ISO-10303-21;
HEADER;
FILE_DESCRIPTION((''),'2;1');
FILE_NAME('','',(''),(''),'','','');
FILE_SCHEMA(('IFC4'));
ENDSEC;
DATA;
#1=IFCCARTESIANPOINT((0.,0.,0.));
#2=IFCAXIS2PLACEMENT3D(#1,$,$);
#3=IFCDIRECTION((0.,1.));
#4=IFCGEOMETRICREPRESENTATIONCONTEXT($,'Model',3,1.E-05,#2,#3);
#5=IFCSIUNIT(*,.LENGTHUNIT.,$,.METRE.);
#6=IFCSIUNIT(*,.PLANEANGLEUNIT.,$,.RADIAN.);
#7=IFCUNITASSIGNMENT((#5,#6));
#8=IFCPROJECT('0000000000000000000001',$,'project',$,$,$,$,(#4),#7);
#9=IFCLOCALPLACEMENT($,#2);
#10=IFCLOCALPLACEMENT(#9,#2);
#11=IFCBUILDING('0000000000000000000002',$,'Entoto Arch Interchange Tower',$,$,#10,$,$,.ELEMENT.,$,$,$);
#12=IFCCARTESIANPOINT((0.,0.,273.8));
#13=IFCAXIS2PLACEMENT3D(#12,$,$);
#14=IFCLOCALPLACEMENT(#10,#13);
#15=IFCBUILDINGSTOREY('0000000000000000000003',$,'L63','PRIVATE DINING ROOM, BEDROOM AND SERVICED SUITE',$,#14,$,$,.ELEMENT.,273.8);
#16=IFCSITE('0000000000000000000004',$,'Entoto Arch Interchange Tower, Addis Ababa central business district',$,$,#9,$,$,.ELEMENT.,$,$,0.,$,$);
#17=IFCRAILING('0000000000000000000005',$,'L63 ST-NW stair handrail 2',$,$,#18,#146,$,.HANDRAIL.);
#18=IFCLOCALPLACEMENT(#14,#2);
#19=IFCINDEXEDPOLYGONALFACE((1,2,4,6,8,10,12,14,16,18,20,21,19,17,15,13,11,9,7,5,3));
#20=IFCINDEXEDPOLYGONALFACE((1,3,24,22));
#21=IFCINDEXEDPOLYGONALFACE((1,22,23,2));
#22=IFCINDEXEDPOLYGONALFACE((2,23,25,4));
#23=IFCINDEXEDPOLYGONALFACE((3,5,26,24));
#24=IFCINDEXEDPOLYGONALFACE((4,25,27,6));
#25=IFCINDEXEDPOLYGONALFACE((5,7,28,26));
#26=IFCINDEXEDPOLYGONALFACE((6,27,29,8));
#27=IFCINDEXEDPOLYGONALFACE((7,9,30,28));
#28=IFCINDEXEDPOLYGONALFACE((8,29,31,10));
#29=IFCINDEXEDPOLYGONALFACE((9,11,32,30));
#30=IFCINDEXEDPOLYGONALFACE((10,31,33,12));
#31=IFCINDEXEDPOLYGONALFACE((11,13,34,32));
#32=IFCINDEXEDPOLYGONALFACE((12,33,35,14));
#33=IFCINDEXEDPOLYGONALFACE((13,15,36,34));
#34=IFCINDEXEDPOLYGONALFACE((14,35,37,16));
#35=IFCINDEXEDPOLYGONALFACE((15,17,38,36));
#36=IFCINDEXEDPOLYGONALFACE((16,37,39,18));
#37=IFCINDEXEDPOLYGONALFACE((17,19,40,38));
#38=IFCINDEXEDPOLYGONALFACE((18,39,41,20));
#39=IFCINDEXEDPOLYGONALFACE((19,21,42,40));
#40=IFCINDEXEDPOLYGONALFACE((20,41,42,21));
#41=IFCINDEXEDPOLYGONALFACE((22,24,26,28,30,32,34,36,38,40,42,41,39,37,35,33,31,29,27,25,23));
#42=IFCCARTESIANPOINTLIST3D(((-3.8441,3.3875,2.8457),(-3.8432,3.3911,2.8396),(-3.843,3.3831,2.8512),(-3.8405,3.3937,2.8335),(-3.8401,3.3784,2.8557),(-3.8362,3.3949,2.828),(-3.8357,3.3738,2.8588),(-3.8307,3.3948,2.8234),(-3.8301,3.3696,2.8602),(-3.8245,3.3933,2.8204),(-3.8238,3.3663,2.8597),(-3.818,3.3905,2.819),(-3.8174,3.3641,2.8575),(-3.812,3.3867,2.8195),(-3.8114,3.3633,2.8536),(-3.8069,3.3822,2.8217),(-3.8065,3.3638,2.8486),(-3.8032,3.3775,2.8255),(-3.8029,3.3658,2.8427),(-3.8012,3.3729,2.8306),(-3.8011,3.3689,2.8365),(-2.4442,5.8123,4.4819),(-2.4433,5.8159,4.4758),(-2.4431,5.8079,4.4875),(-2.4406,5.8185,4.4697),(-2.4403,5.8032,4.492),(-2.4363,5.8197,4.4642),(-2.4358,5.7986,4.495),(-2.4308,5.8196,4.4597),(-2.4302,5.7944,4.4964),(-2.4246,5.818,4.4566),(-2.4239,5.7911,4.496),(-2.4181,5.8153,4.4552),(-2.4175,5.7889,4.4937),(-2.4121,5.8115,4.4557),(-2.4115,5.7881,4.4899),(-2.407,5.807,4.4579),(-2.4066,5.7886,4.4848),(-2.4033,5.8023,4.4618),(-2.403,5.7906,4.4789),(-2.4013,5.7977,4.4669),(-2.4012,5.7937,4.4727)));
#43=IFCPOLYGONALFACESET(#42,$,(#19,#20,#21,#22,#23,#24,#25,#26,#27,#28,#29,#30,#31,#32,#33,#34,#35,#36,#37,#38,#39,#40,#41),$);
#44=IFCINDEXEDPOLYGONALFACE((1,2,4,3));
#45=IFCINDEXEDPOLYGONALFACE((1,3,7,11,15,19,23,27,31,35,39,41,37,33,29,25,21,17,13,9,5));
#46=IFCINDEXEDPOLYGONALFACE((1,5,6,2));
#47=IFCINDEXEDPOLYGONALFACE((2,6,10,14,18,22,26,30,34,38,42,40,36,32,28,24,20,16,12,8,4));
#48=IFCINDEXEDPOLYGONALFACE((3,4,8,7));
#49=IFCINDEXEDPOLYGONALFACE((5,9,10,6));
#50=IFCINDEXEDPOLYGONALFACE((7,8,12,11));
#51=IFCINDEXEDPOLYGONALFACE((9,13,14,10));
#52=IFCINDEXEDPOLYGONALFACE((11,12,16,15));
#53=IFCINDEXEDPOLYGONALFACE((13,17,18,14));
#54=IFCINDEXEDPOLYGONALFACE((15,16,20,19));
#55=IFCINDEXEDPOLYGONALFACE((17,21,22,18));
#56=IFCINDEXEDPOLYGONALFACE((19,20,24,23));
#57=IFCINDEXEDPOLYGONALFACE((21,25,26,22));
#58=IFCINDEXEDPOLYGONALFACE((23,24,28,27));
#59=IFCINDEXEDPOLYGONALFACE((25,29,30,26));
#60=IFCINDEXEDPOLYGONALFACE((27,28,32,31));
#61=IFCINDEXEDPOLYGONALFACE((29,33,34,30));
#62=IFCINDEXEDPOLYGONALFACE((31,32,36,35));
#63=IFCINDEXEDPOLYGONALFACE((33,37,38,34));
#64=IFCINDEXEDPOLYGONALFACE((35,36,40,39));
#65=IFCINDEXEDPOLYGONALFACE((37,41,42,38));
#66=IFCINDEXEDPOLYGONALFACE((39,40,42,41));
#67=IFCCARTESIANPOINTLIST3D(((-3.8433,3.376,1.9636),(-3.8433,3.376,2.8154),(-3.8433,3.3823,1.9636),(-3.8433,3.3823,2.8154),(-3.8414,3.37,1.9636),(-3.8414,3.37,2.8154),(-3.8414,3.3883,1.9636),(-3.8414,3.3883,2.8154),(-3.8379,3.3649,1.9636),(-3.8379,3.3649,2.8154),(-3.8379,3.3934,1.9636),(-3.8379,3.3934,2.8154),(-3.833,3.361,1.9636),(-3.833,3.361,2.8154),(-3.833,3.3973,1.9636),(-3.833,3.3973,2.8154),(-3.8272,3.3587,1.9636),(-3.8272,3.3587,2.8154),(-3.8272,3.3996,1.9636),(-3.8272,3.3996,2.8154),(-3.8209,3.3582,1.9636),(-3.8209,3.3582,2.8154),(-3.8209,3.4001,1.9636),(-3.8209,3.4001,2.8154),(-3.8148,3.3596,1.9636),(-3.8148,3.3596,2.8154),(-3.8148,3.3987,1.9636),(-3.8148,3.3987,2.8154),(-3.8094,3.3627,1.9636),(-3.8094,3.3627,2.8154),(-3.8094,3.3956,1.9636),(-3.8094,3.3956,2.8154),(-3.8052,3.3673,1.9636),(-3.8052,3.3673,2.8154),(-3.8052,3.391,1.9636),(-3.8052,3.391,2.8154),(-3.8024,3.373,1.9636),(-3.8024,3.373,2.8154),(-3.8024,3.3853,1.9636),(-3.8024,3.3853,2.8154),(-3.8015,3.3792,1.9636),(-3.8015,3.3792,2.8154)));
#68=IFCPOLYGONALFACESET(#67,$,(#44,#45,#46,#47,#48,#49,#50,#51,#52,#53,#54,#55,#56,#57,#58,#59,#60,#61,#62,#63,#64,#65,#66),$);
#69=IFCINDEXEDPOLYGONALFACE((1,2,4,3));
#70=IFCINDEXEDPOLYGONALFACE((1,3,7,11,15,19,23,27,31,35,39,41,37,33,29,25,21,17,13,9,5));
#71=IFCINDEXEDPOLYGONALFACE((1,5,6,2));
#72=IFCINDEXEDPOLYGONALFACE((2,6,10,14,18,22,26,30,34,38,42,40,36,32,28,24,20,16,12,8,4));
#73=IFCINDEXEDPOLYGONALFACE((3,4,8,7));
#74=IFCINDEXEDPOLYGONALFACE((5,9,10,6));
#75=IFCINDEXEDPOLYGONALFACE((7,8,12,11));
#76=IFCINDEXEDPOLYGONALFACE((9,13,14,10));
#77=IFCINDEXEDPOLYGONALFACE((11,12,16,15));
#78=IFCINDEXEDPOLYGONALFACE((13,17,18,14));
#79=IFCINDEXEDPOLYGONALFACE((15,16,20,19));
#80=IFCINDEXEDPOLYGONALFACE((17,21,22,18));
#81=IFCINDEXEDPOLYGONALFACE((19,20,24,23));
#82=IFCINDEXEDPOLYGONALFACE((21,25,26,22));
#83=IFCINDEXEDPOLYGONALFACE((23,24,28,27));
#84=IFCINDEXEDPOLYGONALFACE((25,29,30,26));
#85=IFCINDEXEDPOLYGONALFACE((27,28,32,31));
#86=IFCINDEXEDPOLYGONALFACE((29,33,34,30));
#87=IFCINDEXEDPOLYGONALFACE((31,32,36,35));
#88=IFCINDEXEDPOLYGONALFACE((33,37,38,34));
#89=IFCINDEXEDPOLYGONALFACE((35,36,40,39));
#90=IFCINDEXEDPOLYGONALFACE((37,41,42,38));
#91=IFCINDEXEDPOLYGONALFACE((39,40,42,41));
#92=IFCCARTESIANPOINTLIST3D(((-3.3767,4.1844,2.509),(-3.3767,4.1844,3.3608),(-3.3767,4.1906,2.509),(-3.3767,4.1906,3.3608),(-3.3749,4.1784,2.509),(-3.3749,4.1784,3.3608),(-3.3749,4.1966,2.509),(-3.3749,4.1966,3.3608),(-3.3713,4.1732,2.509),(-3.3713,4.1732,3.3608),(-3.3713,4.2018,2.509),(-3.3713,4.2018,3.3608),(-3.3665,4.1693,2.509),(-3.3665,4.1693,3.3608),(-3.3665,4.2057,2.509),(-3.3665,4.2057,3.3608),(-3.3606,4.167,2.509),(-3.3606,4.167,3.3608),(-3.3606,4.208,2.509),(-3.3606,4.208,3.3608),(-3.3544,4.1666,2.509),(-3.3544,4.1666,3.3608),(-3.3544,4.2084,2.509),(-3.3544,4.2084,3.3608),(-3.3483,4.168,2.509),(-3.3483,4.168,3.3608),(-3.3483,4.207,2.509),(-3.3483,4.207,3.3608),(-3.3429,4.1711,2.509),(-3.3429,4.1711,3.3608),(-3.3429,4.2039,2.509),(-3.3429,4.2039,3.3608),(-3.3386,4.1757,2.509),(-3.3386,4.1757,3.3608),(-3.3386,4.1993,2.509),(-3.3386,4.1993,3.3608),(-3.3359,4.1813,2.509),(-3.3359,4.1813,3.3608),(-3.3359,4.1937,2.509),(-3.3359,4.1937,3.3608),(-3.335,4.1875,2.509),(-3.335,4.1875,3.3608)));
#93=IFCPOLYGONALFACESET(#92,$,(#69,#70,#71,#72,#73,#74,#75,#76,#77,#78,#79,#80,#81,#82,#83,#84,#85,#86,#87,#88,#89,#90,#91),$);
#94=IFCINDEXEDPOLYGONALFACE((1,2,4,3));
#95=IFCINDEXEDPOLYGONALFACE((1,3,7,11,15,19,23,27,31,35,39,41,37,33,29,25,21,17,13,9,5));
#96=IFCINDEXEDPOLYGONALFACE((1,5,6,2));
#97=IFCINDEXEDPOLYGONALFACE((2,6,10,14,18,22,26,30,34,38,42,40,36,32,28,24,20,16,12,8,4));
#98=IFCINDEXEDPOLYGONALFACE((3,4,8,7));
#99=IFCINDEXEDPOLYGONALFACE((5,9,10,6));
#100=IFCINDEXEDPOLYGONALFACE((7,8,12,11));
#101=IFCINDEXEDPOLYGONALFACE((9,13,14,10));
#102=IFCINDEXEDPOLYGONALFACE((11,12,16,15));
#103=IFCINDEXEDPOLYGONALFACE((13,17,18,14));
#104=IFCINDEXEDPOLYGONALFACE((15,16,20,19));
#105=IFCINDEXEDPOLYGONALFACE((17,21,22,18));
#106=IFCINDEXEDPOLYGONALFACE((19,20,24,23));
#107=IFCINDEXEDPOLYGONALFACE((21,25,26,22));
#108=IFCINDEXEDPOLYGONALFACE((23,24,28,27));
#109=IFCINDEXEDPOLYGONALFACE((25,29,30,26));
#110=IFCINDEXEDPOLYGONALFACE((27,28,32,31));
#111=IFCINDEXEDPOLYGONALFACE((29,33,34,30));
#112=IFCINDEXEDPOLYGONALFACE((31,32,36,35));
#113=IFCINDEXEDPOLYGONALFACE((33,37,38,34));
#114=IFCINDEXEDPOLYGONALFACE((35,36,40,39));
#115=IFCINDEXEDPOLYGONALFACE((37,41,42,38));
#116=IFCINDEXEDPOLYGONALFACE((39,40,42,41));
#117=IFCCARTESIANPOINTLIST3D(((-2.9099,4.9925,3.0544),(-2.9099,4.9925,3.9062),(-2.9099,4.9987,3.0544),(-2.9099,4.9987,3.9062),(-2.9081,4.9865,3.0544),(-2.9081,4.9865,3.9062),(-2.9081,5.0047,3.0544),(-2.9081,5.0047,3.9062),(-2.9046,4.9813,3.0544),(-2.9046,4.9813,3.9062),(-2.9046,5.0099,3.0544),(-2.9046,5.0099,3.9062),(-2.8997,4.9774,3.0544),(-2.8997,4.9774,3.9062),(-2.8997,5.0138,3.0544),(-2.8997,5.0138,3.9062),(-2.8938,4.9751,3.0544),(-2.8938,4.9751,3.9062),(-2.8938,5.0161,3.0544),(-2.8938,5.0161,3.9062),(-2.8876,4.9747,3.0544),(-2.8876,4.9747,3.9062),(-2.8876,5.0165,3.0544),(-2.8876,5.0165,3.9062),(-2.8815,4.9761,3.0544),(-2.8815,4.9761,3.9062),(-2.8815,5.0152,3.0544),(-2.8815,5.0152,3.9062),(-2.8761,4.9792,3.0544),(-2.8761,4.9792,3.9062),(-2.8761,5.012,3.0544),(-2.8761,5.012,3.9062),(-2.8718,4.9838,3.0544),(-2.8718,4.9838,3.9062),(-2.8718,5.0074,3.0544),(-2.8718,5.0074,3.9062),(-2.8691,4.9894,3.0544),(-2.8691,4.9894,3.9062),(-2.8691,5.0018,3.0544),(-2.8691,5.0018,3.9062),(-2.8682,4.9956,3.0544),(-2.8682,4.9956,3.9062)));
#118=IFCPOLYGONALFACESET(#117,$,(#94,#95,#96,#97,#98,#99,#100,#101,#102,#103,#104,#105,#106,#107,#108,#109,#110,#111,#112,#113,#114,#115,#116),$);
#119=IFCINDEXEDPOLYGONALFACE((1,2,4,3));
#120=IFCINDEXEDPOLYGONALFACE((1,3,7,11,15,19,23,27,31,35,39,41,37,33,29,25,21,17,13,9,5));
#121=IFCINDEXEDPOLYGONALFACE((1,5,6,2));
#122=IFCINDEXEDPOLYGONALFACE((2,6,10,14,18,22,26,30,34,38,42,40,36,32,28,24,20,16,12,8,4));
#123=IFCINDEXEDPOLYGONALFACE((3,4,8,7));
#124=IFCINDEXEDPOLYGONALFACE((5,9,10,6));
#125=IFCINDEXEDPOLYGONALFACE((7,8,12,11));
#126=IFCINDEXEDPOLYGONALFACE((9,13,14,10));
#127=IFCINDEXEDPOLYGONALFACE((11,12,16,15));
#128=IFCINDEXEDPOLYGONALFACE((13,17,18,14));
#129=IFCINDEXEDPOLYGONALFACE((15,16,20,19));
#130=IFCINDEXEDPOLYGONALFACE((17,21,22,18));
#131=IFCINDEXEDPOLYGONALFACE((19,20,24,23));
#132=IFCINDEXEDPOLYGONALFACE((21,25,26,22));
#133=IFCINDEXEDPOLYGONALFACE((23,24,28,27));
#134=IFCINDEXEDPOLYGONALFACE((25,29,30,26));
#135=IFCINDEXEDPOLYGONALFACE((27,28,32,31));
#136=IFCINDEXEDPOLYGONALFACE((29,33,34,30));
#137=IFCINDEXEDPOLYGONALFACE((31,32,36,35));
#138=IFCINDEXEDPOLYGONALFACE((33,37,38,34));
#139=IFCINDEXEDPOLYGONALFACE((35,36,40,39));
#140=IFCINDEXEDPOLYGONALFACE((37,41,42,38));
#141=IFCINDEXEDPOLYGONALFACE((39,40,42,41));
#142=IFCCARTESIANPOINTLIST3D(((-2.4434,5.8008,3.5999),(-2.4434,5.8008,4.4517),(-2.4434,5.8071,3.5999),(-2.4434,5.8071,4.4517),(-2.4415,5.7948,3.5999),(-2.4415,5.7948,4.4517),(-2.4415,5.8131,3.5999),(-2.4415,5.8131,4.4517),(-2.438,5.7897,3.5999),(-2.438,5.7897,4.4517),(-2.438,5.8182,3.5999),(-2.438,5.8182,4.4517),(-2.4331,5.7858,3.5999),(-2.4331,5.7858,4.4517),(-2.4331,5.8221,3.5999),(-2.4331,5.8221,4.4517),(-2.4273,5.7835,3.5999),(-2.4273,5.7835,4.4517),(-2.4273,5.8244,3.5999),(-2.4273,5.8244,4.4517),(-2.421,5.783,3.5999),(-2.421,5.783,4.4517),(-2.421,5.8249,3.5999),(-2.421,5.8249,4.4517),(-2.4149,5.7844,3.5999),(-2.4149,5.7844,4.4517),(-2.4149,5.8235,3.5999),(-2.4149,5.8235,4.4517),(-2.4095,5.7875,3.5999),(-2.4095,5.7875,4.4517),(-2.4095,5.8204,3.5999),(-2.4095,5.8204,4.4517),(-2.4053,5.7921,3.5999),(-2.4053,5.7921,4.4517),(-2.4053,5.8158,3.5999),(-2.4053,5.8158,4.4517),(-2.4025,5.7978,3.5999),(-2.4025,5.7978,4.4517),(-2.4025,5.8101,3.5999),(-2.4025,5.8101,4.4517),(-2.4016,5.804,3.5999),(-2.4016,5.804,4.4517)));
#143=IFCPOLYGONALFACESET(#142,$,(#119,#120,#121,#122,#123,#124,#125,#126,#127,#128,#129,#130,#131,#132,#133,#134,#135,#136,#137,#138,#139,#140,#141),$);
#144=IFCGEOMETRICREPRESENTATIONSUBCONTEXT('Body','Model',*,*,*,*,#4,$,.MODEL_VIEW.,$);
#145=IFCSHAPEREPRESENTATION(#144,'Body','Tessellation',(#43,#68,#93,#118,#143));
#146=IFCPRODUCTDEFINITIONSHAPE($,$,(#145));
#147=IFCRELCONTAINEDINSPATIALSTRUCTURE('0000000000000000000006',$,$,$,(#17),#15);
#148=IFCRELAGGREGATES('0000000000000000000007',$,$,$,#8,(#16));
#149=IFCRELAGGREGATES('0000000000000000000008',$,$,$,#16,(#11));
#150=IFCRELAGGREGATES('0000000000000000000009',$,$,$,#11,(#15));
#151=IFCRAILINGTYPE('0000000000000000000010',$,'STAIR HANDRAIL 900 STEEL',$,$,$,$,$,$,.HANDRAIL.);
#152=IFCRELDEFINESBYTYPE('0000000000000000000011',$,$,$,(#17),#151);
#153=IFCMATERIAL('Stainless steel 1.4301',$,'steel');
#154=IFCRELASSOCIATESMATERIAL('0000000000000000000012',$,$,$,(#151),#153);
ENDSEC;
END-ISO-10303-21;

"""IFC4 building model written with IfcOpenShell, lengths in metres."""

from ifc_helpers import new_model, si_unit, direction, frame, origin, origin_2d, place, context, subcontext, project, spatial, circle, extrude, material, type_object, element, save


model = new_model("IFC4")

# Units and contexts
model_context = context("Model", 3, precision=1e-05, world=origin(), true_north=direction((0.0, 1.0)))
body_context = subcontext(model_context, "Body", "Model", "MODEL_VIEW")
ifc_project = project(units=[si_unit("LENGTHUNIT", "METRE"), si_unit("PLANEANGLEUNIT", "RADIAN")], contexts=[model_context])

# Site, building, storey
site_placement = place(None, origin())
site = spatial("IfcSite", under=ifc_project, at=site_placement, Name="Entoto Arch Interchange Tower, Addis Ababa central business district", CompositionType="ELEMENT", RefElevation=0.0)
building_placement = place(site_placement, origin())
building = spatial("IfcBuilding", under=site, at=building_placement, Name="Entoto Arch Interchange Tower", CompositionType="ELEMENT")
storey_placement = place(building_placement, frame((0.0, 0.0, 273.8)))
storey = spatial("IfcBuildingStorey", under=building, at=storey_placement, Name="L63", Description="PRIVATE DINING ROOM, BEDROOM AND SERVICED SUITE", CompositionType="ELEMENT", Elevation=273.8)

# Railing
ifc_material_1 = material(Name="Stainless steel 1.4301", Category="steel")
railing_type_1 = type_object("IfcRailingType", Name="STAIR HANDRAIL 900 STEEL", PredefinedType="HANDRAIL", material=ifc_material_1)
railing_1_placement = place(storey_placement, frame((-3.8225, 3.3792, 1.9636)))
element("IfcRailing", 1, at=railing_1_placement, inside=storey, type_object=railing_type_1, Name="L63 ST-NW stair handrail 2", PredefinedType="HANDRAIL", context=body_context, shape_type="SweptSolid", body=[
    extrude(circle(Radius=0.0239, at=origin_2d()), frame((0.0, 0.0, 0.876), z_axis=(0.431677, 0.747718, 0.504552), x_axis=(-0.866035, 0.499984, 0.0)), (0.0, 0.0, 1.0), 3.2429),
    extrude(circle(Radius=0.021, at=origin_2d()), origin(), (0.0, 0.0, 1.0), 0.8518),
    extrude(circle(Radius=0.021, at=origin_2d()), frame((0.4666, 0.8083, 0.5454)), (0.0, 0.0, 1.0), 0.8518),
    extrude(circle(Radius=0.021, at=origin_2d()), frame((0.9333, 1.6165, 1.0908)), (0.0, 0.0, 1.0), 0.8518),
    extrude(circle(Radius=0.021, at=origin_2d()), frame((1.3999, 2.4248, 1.6362)), (0.0, 0.0, 1.0), 0.8518),
])

save(model, "model.ifc")
